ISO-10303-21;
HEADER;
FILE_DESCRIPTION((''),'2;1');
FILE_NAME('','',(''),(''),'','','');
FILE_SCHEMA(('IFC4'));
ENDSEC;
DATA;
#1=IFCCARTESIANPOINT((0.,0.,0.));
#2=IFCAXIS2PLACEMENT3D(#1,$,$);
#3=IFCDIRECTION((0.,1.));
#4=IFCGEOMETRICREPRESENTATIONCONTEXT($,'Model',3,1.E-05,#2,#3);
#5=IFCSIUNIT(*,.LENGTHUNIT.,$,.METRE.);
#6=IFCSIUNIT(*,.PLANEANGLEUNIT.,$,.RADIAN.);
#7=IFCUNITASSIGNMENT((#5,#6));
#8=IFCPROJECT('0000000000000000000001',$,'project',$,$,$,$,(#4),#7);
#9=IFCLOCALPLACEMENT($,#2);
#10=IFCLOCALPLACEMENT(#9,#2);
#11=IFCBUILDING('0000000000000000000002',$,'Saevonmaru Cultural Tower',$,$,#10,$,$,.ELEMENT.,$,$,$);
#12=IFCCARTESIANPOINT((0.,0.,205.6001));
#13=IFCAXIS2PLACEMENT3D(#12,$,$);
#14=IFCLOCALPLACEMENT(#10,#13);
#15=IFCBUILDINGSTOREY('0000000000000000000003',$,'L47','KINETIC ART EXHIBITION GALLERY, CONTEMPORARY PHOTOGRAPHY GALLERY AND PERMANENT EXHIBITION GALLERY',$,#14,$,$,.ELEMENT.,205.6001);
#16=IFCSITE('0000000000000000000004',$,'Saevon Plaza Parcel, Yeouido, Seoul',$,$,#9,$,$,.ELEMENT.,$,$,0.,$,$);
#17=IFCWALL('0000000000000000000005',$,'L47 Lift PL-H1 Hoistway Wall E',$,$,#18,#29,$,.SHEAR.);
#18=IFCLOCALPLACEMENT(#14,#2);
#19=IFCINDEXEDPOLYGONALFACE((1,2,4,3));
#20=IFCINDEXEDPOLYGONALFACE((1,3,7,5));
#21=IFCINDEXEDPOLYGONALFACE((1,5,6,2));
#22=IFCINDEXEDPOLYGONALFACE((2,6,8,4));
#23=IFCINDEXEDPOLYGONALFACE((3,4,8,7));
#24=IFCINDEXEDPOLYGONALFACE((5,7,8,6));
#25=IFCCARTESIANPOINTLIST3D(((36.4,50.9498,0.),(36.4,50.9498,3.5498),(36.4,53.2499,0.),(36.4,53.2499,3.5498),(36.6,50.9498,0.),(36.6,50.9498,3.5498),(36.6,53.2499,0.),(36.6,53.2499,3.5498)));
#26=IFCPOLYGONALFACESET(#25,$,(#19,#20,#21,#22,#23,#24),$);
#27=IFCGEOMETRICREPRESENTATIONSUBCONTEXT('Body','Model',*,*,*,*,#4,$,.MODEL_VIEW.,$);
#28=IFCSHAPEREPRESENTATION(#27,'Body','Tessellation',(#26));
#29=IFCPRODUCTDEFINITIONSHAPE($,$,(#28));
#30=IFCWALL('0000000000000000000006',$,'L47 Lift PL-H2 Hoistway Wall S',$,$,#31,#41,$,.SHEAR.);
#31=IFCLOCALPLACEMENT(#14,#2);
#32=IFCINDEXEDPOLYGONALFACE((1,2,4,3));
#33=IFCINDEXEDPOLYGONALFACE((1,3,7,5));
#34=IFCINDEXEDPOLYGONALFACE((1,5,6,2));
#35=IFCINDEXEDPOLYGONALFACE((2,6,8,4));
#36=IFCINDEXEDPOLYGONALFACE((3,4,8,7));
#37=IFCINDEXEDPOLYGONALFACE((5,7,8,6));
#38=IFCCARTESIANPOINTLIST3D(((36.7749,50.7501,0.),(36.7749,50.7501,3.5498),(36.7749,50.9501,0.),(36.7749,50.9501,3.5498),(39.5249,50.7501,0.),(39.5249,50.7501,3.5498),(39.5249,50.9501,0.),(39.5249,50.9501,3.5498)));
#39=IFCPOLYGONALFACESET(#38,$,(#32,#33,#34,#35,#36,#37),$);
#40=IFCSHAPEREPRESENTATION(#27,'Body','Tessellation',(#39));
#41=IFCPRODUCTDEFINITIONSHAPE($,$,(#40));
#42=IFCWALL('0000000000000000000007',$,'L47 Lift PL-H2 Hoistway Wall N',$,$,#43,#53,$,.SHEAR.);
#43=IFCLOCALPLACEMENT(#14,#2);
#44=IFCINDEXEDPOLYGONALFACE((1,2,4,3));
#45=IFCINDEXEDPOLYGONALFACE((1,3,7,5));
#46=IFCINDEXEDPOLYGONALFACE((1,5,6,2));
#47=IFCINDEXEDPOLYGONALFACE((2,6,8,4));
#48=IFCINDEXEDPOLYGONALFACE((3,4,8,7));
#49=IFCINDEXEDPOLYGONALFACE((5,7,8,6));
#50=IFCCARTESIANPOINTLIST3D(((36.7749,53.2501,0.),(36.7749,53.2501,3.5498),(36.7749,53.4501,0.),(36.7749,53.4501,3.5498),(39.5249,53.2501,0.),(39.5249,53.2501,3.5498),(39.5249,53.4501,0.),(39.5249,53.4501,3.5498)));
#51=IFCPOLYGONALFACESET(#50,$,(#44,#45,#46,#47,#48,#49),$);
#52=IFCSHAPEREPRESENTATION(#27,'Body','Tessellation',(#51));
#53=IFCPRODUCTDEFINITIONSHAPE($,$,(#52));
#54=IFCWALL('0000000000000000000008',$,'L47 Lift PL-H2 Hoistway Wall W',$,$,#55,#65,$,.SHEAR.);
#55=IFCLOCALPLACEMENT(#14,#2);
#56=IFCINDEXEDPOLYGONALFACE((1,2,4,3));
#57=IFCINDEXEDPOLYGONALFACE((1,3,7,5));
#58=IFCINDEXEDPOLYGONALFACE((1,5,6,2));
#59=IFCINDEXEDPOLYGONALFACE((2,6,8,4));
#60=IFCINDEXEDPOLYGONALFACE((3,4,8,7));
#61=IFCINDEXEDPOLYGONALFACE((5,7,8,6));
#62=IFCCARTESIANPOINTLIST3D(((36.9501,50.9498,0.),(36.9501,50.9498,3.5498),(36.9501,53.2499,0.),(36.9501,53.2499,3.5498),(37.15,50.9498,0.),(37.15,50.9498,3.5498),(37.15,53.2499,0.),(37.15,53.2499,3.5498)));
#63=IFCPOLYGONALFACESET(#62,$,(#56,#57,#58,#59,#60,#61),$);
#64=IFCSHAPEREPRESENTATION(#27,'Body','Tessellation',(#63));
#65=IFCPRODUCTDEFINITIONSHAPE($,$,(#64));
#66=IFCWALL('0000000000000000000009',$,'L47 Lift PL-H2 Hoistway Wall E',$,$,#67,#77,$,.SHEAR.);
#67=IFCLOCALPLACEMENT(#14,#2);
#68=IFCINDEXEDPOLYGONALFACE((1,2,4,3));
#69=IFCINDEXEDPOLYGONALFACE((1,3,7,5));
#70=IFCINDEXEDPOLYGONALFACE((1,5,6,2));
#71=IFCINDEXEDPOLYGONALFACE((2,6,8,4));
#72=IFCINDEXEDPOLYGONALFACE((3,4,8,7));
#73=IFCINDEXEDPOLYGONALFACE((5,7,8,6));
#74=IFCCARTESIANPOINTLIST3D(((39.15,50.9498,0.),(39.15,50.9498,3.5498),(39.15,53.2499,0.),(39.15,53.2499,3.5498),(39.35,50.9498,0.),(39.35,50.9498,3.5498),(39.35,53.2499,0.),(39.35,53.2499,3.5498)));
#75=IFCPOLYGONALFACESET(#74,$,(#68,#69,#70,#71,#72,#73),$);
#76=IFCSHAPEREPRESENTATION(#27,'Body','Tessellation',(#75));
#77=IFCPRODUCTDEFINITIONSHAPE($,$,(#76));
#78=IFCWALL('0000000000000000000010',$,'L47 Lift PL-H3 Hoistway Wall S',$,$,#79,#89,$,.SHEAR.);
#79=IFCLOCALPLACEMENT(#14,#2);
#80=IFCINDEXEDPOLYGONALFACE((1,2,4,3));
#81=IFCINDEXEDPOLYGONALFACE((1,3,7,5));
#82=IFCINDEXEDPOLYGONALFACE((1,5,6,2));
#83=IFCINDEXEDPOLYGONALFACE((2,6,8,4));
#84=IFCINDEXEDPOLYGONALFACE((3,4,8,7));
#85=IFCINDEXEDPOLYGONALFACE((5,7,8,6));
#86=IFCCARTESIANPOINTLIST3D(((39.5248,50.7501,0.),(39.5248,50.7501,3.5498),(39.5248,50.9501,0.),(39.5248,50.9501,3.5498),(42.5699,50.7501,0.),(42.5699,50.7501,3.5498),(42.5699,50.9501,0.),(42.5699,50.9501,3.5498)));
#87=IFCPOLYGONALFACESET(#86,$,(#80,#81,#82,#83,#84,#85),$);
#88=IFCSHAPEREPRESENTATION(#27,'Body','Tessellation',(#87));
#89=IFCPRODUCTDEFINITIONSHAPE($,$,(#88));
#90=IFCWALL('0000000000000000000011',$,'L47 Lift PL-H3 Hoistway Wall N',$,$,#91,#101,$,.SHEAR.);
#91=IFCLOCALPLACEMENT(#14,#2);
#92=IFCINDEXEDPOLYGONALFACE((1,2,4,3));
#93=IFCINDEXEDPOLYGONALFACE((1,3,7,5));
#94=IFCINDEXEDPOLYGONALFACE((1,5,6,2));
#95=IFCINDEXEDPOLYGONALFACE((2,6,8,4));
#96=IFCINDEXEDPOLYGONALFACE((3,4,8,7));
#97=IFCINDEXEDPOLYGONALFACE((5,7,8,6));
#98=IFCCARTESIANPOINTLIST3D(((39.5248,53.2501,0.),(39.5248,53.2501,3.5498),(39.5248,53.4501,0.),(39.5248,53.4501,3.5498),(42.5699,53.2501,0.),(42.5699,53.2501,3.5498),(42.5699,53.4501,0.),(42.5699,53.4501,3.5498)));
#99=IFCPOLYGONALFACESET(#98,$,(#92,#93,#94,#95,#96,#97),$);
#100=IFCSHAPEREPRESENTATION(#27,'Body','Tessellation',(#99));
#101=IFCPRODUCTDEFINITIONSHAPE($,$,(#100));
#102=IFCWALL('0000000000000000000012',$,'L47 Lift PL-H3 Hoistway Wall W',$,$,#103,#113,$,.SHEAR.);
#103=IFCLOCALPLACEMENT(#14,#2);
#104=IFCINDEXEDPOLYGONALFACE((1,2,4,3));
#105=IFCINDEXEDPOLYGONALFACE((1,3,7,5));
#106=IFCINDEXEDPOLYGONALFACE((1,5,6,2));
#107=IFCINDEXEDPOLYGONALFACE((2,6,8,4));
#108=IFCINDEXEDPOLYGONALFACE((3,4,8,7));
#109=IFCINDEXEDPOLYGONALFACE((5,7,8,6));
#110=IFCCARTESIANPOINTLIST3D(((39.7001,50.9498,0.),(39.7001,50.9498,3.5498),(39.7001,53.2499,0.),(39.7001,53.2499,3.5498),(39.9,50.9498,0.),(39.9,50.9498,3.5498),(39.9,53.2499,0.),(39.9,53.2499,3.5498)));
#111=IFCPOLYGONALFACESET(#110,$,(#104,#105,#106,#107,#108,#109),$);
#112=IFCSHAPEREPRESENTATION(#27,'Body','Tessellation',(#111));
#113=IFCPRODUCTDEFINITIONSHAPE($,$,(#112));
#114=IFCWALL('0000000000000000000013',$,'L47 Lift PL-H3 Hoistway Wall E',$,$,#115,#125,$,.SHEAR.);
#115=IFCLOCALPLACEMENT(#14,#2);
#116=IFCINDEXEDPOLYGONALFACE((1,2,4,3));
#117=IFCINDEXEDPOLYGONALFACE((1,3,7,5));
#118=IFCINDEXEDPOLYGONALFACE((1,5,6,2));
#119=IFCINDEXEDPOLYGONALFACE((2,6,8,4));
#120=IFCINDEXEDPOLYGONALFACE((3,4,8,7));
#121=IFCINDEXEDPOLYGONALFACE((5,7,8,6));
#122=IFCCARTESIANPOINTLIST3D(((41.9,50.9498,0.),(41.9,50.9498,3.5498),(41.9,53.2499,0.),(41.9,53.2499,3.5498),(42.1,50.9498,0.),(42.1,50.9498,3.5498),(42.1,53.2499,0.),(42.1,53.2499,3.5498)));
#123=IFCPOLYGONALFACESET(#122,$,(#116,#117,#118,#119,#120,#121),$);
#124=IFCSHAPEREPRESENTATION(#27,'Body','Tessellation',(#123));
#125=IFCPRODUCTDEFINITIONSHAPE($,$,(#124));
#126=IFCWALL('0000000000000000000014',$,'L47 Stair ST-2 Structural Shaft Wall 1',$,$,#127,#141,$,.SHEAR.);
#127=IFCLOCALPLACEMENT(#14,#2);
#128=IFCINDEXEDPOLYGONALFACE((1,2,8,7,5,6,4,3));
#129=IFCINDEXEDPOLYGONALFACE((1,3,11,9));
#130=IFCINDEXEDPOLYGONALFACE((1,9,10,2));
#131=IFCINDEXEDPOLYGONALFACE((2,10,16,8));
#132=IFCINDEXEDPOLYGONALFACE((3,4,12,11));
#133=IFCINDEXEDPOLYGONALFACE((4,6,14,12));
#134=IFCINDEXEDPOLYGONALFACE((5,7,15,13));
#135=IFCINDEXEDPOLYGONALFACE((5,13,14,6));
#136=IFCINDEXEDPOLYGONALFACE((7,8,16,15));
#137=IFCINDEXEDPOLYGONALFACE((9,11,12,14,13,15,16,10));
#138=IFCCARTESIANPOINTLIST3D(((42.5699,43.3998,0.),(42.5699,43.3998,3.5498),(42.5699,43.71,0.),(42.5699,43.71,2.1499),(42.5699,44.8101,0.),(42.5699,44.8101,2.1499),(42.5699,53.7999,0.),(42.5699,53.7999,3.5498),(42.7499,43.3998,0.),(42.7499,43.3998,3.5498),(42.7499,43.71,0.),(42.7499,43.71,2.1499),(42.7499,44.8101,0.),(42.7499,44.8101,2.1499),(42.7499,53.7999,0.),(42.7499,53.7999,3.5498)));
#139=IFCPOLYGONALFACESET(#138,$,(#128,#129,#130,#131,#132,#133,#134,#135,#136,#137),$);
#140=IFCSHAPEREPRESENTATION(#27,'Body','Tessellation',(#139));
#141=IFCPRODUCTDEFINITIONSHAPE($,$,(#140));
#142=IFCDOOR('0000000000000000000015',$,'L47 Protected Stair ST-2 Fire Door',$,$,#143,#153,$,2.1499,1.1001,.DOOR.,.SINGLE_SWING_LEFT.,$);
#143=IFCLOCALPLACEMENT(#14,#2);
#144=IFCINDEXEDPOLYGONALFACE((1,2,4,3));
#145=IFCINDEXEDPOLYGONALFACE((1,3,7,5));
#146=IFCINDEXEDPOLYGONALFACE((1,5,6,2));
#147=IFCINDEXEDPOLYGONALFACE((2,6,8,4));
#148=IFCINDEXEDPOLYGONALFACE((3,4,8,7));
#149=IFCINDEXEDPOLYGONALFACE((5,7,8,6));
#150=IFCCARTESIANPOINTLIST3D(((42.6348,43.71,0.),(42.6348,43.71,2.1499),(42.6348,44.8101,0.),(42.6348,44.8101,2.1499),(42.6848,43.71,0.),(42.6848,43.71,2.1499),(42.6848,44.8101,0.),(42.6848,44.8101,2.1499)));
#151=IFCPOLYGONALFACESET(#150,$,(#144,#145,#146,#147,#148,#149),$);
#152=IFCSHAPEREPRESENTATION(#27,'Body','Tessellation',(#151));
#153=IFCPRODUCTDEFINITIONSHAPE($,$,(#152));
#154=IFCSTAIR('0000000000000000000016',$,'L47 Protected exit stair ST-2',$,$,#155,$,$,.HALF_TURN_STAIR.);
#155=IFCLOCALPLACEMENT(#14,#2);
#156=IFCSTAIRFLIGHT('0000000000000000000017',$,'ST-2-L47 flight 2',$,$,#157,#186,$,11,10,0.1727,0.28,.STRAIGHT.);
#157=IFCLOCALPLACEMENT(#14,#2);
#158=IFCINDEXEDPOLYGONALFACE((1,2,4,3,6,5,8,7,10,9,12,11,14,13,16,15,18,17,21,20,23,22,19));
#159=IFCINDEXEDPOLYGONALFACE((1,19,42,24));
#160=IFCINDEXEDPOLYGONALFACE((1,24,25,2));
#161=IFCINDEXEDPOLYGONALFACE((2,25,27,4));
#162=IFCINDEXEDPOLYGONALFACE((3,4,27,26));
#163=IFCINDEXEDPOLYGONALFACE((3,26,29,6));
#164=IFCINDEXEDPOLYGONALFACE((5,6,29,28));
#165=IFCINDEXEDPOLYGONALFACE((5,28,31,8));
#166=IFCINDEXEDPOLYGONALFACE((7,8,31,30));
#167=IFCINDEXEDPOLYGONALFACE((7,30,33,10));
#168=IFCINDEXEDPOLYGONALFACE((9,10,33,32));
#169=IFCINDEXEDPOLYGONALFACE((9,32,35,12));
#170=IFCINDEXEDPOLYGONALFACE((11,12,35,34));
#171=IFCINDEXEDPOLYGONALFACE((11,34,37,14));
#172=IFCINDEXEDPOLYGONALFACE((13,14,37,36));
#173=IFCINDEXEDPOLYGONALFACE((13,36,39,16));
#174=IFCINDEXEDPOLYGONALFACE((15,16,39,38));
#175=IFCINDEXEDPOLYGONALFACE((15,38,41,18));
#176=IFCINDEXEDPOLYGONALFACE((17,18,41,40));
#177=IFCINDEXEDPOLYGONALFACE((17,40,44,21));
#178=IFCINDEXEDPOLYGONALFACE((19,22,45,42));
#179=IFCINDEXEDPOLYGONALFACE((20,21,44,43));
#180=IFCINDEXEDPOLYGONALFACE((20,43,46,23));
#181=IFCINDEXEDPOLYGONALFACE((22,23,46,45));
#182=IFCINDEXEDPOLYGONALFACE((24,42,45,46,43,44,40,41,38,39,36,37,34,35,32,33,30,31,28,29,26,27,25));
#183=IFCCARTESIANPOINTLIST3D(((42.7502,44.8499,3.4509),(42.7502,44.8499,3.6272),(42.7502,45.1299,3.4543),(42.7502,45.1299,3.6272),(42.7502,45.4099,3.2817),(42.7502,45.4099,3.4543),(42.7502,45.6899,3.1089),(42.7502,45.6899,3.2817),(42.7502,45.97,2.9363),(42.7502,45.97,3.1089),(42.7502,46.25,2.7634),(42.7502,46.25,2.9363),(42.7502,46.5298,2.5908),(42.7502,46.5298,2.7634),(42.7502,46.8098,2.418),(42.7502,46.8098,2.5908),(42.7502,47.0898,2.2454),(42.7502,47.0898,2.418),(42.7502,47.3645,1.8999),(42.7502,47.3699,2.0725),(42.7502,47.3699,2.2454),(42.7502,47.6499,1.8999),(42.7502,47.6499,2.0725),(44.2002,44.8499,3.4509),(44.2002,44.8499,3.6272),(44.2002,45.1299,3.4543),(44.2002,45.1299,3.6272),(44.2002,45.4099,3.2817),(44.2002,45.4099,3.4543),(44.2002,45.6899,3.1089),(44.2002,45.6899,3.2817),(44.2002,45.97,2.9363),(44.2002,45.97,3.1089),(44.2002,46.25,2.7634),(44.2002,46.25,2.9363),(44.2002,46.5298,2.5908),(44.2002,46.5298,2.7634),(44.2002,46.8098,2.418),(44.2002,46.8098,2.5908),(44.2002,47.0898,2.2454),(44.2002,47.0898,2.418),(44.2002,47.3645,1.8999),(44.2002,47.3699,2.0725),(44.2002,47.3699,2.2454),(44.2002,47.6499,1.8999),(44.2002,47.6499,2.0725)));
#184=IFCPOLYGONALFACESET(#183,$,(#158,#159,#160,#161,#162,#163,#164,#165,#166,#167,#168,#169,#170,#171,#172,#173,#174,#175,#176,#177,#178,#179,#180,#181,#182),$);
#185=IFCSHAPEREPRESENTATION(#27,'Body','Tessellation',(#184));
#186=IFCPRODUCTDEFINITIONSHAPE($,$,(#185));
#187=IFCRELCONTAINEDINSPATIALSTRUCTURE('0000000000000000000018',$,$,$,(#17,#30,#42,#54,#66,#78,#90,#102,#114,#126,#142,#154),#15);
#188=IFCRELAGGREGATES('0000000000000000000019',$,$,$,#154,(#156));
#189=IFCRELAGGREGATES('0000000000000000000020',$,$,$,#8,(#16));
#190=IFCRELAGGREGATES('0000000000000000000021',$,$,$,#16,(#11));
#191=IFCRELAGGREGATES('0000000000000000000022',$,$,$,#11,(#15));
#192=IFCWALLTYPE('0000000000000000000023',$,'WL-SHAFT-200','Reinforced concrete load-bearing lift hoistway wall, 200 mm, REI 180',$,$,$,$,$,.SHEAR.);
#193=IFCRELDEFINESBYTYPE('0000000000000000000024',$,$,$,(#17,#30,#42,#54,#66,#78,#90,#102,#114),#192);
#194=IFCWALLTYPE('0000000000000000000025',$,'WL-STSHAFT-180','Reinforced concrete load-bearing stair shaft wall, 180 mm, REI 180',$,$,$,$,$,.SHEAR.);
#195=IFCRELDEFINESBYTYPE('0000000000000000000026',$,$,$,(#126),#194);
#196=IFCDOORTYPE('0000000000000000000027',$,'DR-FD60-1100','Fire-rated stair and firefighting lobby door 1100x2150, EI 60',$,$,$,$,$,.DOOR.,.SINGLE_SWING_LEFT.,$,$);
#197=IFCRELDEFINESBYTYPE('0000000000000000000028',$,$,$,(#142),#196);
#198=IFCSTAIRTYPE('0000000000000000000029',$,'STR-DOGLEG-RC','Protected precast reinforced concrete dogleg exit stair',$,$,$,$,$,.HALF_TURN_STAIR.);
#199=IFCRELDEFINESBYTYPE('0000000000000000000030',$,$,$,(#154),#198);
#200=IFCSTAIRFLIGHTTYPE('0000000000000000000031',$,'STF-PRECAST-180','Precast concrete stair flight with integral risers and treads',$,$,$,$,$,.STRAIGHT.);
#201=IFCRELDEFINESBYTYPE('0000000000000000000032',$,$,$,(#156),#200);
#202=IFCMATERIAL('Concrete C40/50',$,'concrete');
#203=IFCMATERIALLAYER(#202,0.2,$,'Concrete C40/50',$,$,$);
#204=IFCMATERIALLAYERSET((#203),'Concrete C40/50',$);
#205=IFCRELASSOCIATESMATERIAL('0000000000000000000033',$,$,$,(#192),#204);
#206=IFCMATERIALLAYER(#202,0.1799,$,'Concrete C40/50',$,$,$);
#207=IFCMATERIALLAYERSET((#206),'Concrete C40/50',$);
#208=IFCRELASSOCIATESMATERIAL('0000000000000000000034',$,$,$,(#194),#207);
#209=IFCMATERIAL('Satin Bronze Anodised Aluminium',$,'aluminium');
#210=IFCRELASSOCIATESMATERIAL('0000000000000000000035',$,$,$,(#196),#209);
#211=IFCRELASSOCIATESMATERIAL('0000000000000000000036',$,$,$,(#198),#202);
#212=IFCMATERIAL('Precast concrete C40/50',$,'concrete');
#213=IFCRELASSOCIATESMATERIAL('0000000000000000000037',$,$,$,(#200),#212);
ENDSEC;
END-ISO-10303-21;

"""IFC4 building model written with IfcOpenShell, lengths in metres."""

from ifc_helpers import new_model, si_unit, direction, frame, frame_2d, origin, place, context, subcontext, project, spatial, polyline, rectangle, outline, extrude, material, layer, layer_set, type_object, element, fill, aggregate, save


model = new_model("IFC4")

# Units and contexts
model_context = context("Model", 3, precision=1e-05, world=origin(), true_north=direction((0.0, 1.0)))
body_context = subcontext(model_context, "Body", "Model", "MODEL_VIEW")
ifc_project = project(units=[si_unit("LENGTHUNIT", "METRE"), si_unit("PLANEANGLEUNIT", "RADIAN")], contexts=[model_context])

# Site, building, storey
site_placement = place(None, origin())
site = spatial("IfcSite", under=ifc_project, at=site_placement, Name="Saevon Plaza Parcel, Yeouido, Seoul", CompositionType="ELEMENT", RefElevation=0.0)
building_placement = place(site_placement, origin())
building = spatial("IfcBuilding", under=site, at=building_placement, Name="Saevonmaru Cultural Tower", CompositionType="ELEMENT")
storey_placement = place(building_placement, frame((0.0, 0.0, 205.6001)))
storey = spatial("IfcBuildingStorey", under=building, at=storey_placement, Name="L47", Description="KINETIC ART EXHIBITION GALLERY, CONTEMPORARY PHOTOGRAPHY GALLERY AND PERMANENT EXHIBITION GALLERY", CompositionType="ELEMENT", Elevation=205.6001)

# Shared definitions
ifc_material_1 = material(Name="Satin Bronze Anodised Aluminium", Category="aluminium")

# Walls
ifc_material_2 = material(Name="Concrete C40/50", Category="concrete")
ifc_layer_1 = layer(ifc_material_2, 0.2, Name="Concrete C40/50")
ifc_layer_set_1 = layer_set([ifc_layer_1], Name="Concrete C40/50")
wall_type_1 = type_object("IfcWallType", Name="WL-SHAFT-200", Description="Reinforced concrete load-bearing lift hoistway wall, 200 mm, REI 180", PredefinedType="SHEAR", material=ifc_layer_set_1)
wall_1_placement = place(storey_placement, frame((36.5, 50.95, 0.0), z_axis=(0.0, 0.0, 1.0), x_axis=(0.0, 1.0, 0.0)))
element("IfcWall", 1, at=wall_1_placement, inside=storey, type_object=wall_type_1, Name="L47 Lift PL-H1 Hoistway Wall E", PredefinedType="SHEAR", context=body_context, shape_type="SweptSolid", body=[
    extrude(rectangle(XDim=2.3, YDim=0.2, at=frame_2d((1.1499, 0.0))), origin(), (0.0, 0.0, 1.0), 3.5498),
])
for number, where, z_axis, x_axis, name in (
    (2, (36.7749, 50.8501, 0.0), (0.0, 0.0, 1.0), (1.0, 0.0, 0.0), "L47 Lift PL-H2 Hoistway Wall S"),
    (3, (36.7749, 53.3501, 0.0), (0.0, 0.0, 1.0), (1.0, 0.0, 0.0), "L47 Lift PL-H2 Hoistway Wall N"),
):
    element("IfcWall", number, at=place(storey_placement, frame(where, z_axis=z_axis, x_axis=x_axis)), inside=storey, type_object=wall_type_1, Name=name, PredefinedType="SHEAR", context=body_context, shape_type="SweptSolid", body=[
        extrude(rectangle(XDim=2.75, YDim=0.2, at=frame_2d((1.375, 0.0))), origin(), (0.0, 0.0, 1.0), 3.5498),
    ])
for number, where, z_axis, x_axis, name in (
    (4, (37.05, 50.95, 0.0), (0.0, 0.0, 1.0), (0.0, 1.0, 0.0), "L47 Lift PL-H2 Hoistway Wall W"),
    (5, (39.25, 50.95, 0.0), (0.0, 0.0, 1.0), (0.0, 1.0, 0.0), "L47 Lift PL-H2 Hoistway Wall E"),
):
    element("IfcWall", number, at=place(storey_placement, frame(where, z_axis=z_axis, x_axis=x_axis)), inside=storey, type_object=wall_type_1, Name=name, PredefinedType="SHEAR", context=body_context, shape_type="SweptSolid", body=[
        extrude(rectangle(XDim=2.3, YDim=0.2, at=frame_2d((1.1499, 0.0))), origin(), (0.0, 0.0, 1.0), 3.5498),
    ])
for number, where, z_axis, x_axis, name in (
    (6, (39.5249, 50.8501, 0.0), (0.0, 0.0, 1.0), (1.0, 0.0, 0.0), "L47 Lift PL-H3 Hoistway Wall S"),
    (7, (39.5249, 53.3501, 0.0), (0.0, 0.0, 1.0), (1.0, 0.0, 0.0), "L47 Lift PL-H3 Hoistway Wall N"),
):
    element("IfcWall", number, at=place(storey_placement, frame(where, z_axis=z_axis, x_axis=x_axis)), inside=storey, type_object=wall_type_1, Name=name, PredefinedType="SHEAR", context=body_context, shape_type="SweptSolid", body=[
        extrude(rectangle(XDim=3.0452, YDim=0.2, at=frame_2d((1.5225, 0.0))), origin(), (0.0, 0.0, 1.0), 3.5498),
    ])
for number, where, z_axis, x_axis, name in (
    (8, (39.8, 50.95, 0.0), (0.0, 0.0, 1.0), (0.0, 1.0, 0.0), "L47 Lift PL-H3 Hoistway Wall W"),
    (9, (42.0, 50.95, 0.0), (0.0, 0.0, 1.0), (0.0, 1.0, 0.0), "L47 Lift PL-H3 Hoistway Wall E"),
):
    element("IfcWall", number, at=place(storey_placement, frame(where, z_axis=z_axis, x_axis=x_axis)), inside=storey, type_object=wall_type_1, Name=name, PredefinedType="SHEAR", context=body_context, shape_type="SweptSolid", body=[
        extrude(rectangle(XDim=2.3, YDim=0.2, at=frame_2d((1.1499, 0.0))), origin(), (0.0, 0.0, 1.0), 3.5498),
    ])

# Wall, opening, door
ifc_layer_2 = layer(ifc_material_2, 0.1799, Name="Concrete C40/50")
ifc_layer_set_2 = layer_set([ifc_layer_2], Name="Concrete C40/50")
wall_type_2 = type_object("IfcWallType", Name="WL-STSHAFT-180", Description="Reinforced concrete load-bearing stair shaft wall, 180 mm, REI 180", PredefinedType="SHEAR", material=ifc_layer_set_2)
wall_2_placement = place(storey_placement, frame((42.6599, 53.8, 0.0), z_axis=(0.0, 0.0, 1.0), x_axis=(0.0, -1.0, 0.0)))
wall_2 = element("IfcWall", 10, at=wall_2_placement, inside=storey, type_object=wall_type_2, Name="L47 Stair ST-2 Structural Shaft Wall 1", PredefinedType="SHEAR", context=body_context, shape_type="SweptSolid", body=[
    extrude(rectangle(XDim=10.4001, YDim=0.1799, at=frame_2d((5.2002, 0.0))), origin(), (0.0, 0.0, 1.0), 3.5498),
])
opening_placement = place(wall_2_placement, frame((8.99, 0.0, 0.0)))
opening = element("IfcOpeningElement", 11, at=opening_placement, cuts=wall_2, PredefinedType="OPENING", context=body_context, shape_type="SweptSolid", body=[
    extrude(rectangle(XDim=1.1001, YDim=2.1499, at=frame_2d((0.55, 1.075))), frame((0.0, 0.1001, 0.0), z_axis=(0.0, -1.0, 0.0), x_axis=(1.0, 0.0, 0.0)), (0.0, 0.0, 1.0), 0.2),
])
door_type = type_object("IfcDoorType", Name="DR-FD60-1100", Description="Fire-rated stair and firefighting lobby door 1100x2150, EI 60", OperationType="SINGLE_SWING_LEFT", PredefinedType="DOOR", material=ifc_material_1)
door_placement = place(opening_placement, origin())
door = element("IfcDoor", 12, at=door_placement, inside=storey, type_object=door_type, Name="L47 Protected Stair ST-2 Fire Door", OperationType="SINGLE_SWING_LEFT", OverallHeight=2.1499, OverallWidth=1.1001, PredefinedType="DOOR", context=body_context, shape_type="SweptSolid", body=[
    extrude(rectangle(XDim=1.1001, YDim=2.1499, at=frame_2d((0.55, 1.075))), frame((0.0, 0.0249, 0.0), z_axis=(0.0, -1.0, 0.0), x_axis=(1.0, 0.0, 0.0)), (0.0, 0.0, 1.0), 0.05),
])
fill(opening, door)

# Stair, stair flight
stair_type = type_object("IfcStairType", Name="STR-DOGLEG-RC", Description="Protected precast reinforced concrete dogleg exit stair", PredefinedType="HALF_TURN_STAIR", material=ifc_material_2)
stair_placement = place(storey_placement, origin())
stair = element("IfcStair", 13, at=stair_placement, inside=storey, type_object=stair_type, Name="L47 Protected exit stair ST-2", PredefinedType="HALF_TURN_STAIR")
ifc_material_3 = material(Name="Precast concrete C40/50", Category="concrete")
stair_flight_type = type_object("IfcStairFlightType", Name="STF-PRECAST-180", Description="Precast concrete stair flight with integral risers and treads", PredefinedType="STRAIGHT", material=ifc_material_3)
stair_flight_placement = place(storey_placement, frame((43.4751, 47.6499, 1.8999), z_axis=(0.0, 0.0, 1.0), x_axis=(0.0, -1.0, 0.0)))
stair_flight = element("IfcStairFlight", 14, at=stair_flight_placement, type_object=stair_flight_type, Name="ST-2-L47 flight 2", NumberOfRisers=11, NumberOfTreads=10, PredefinedType="STRAIGHT", RiserHeight=0.1727, TreadLength=0.28, context=body_context, shape_type="SweptSolid", body=[
    extrude(outline(polyline([(0.0, 0.0), (0.0, 0.1726), (0.28, 0.1726), (0.28, 0.3455), (0.5601, 0.3455), (0.5601, 0.5181), (0.8401, 0.5181), (0.8401, 0.6909), (1.1201, 0.6909), (1.1201, 0.8635), (1.3999, 0.8635), (1.3999, 1.0364), (1.6799, 1.0364), (1.6799, 1.209), (1.96, 1.209), (1.96, 1.3818), (2.24, 1.3818), (2.24, 1.5544), (2.52, 1.5544), (2.52, 1.7273), (2.8, 1.7273), (2.8, 1.8999), (2.8, 1.551), (0.2854, 0.0), (0.0, 0.0)])), frame((0.0, 0.7251, 0.0), z_axis=(0.0, -1.0, 0.0), x_axis=(1.0, 0.0, 0.0)), (0.0, 0.0, 1.0), 1.45),
])
aggregate(stair, [stair_flight])

save(model, "model.ifc")
